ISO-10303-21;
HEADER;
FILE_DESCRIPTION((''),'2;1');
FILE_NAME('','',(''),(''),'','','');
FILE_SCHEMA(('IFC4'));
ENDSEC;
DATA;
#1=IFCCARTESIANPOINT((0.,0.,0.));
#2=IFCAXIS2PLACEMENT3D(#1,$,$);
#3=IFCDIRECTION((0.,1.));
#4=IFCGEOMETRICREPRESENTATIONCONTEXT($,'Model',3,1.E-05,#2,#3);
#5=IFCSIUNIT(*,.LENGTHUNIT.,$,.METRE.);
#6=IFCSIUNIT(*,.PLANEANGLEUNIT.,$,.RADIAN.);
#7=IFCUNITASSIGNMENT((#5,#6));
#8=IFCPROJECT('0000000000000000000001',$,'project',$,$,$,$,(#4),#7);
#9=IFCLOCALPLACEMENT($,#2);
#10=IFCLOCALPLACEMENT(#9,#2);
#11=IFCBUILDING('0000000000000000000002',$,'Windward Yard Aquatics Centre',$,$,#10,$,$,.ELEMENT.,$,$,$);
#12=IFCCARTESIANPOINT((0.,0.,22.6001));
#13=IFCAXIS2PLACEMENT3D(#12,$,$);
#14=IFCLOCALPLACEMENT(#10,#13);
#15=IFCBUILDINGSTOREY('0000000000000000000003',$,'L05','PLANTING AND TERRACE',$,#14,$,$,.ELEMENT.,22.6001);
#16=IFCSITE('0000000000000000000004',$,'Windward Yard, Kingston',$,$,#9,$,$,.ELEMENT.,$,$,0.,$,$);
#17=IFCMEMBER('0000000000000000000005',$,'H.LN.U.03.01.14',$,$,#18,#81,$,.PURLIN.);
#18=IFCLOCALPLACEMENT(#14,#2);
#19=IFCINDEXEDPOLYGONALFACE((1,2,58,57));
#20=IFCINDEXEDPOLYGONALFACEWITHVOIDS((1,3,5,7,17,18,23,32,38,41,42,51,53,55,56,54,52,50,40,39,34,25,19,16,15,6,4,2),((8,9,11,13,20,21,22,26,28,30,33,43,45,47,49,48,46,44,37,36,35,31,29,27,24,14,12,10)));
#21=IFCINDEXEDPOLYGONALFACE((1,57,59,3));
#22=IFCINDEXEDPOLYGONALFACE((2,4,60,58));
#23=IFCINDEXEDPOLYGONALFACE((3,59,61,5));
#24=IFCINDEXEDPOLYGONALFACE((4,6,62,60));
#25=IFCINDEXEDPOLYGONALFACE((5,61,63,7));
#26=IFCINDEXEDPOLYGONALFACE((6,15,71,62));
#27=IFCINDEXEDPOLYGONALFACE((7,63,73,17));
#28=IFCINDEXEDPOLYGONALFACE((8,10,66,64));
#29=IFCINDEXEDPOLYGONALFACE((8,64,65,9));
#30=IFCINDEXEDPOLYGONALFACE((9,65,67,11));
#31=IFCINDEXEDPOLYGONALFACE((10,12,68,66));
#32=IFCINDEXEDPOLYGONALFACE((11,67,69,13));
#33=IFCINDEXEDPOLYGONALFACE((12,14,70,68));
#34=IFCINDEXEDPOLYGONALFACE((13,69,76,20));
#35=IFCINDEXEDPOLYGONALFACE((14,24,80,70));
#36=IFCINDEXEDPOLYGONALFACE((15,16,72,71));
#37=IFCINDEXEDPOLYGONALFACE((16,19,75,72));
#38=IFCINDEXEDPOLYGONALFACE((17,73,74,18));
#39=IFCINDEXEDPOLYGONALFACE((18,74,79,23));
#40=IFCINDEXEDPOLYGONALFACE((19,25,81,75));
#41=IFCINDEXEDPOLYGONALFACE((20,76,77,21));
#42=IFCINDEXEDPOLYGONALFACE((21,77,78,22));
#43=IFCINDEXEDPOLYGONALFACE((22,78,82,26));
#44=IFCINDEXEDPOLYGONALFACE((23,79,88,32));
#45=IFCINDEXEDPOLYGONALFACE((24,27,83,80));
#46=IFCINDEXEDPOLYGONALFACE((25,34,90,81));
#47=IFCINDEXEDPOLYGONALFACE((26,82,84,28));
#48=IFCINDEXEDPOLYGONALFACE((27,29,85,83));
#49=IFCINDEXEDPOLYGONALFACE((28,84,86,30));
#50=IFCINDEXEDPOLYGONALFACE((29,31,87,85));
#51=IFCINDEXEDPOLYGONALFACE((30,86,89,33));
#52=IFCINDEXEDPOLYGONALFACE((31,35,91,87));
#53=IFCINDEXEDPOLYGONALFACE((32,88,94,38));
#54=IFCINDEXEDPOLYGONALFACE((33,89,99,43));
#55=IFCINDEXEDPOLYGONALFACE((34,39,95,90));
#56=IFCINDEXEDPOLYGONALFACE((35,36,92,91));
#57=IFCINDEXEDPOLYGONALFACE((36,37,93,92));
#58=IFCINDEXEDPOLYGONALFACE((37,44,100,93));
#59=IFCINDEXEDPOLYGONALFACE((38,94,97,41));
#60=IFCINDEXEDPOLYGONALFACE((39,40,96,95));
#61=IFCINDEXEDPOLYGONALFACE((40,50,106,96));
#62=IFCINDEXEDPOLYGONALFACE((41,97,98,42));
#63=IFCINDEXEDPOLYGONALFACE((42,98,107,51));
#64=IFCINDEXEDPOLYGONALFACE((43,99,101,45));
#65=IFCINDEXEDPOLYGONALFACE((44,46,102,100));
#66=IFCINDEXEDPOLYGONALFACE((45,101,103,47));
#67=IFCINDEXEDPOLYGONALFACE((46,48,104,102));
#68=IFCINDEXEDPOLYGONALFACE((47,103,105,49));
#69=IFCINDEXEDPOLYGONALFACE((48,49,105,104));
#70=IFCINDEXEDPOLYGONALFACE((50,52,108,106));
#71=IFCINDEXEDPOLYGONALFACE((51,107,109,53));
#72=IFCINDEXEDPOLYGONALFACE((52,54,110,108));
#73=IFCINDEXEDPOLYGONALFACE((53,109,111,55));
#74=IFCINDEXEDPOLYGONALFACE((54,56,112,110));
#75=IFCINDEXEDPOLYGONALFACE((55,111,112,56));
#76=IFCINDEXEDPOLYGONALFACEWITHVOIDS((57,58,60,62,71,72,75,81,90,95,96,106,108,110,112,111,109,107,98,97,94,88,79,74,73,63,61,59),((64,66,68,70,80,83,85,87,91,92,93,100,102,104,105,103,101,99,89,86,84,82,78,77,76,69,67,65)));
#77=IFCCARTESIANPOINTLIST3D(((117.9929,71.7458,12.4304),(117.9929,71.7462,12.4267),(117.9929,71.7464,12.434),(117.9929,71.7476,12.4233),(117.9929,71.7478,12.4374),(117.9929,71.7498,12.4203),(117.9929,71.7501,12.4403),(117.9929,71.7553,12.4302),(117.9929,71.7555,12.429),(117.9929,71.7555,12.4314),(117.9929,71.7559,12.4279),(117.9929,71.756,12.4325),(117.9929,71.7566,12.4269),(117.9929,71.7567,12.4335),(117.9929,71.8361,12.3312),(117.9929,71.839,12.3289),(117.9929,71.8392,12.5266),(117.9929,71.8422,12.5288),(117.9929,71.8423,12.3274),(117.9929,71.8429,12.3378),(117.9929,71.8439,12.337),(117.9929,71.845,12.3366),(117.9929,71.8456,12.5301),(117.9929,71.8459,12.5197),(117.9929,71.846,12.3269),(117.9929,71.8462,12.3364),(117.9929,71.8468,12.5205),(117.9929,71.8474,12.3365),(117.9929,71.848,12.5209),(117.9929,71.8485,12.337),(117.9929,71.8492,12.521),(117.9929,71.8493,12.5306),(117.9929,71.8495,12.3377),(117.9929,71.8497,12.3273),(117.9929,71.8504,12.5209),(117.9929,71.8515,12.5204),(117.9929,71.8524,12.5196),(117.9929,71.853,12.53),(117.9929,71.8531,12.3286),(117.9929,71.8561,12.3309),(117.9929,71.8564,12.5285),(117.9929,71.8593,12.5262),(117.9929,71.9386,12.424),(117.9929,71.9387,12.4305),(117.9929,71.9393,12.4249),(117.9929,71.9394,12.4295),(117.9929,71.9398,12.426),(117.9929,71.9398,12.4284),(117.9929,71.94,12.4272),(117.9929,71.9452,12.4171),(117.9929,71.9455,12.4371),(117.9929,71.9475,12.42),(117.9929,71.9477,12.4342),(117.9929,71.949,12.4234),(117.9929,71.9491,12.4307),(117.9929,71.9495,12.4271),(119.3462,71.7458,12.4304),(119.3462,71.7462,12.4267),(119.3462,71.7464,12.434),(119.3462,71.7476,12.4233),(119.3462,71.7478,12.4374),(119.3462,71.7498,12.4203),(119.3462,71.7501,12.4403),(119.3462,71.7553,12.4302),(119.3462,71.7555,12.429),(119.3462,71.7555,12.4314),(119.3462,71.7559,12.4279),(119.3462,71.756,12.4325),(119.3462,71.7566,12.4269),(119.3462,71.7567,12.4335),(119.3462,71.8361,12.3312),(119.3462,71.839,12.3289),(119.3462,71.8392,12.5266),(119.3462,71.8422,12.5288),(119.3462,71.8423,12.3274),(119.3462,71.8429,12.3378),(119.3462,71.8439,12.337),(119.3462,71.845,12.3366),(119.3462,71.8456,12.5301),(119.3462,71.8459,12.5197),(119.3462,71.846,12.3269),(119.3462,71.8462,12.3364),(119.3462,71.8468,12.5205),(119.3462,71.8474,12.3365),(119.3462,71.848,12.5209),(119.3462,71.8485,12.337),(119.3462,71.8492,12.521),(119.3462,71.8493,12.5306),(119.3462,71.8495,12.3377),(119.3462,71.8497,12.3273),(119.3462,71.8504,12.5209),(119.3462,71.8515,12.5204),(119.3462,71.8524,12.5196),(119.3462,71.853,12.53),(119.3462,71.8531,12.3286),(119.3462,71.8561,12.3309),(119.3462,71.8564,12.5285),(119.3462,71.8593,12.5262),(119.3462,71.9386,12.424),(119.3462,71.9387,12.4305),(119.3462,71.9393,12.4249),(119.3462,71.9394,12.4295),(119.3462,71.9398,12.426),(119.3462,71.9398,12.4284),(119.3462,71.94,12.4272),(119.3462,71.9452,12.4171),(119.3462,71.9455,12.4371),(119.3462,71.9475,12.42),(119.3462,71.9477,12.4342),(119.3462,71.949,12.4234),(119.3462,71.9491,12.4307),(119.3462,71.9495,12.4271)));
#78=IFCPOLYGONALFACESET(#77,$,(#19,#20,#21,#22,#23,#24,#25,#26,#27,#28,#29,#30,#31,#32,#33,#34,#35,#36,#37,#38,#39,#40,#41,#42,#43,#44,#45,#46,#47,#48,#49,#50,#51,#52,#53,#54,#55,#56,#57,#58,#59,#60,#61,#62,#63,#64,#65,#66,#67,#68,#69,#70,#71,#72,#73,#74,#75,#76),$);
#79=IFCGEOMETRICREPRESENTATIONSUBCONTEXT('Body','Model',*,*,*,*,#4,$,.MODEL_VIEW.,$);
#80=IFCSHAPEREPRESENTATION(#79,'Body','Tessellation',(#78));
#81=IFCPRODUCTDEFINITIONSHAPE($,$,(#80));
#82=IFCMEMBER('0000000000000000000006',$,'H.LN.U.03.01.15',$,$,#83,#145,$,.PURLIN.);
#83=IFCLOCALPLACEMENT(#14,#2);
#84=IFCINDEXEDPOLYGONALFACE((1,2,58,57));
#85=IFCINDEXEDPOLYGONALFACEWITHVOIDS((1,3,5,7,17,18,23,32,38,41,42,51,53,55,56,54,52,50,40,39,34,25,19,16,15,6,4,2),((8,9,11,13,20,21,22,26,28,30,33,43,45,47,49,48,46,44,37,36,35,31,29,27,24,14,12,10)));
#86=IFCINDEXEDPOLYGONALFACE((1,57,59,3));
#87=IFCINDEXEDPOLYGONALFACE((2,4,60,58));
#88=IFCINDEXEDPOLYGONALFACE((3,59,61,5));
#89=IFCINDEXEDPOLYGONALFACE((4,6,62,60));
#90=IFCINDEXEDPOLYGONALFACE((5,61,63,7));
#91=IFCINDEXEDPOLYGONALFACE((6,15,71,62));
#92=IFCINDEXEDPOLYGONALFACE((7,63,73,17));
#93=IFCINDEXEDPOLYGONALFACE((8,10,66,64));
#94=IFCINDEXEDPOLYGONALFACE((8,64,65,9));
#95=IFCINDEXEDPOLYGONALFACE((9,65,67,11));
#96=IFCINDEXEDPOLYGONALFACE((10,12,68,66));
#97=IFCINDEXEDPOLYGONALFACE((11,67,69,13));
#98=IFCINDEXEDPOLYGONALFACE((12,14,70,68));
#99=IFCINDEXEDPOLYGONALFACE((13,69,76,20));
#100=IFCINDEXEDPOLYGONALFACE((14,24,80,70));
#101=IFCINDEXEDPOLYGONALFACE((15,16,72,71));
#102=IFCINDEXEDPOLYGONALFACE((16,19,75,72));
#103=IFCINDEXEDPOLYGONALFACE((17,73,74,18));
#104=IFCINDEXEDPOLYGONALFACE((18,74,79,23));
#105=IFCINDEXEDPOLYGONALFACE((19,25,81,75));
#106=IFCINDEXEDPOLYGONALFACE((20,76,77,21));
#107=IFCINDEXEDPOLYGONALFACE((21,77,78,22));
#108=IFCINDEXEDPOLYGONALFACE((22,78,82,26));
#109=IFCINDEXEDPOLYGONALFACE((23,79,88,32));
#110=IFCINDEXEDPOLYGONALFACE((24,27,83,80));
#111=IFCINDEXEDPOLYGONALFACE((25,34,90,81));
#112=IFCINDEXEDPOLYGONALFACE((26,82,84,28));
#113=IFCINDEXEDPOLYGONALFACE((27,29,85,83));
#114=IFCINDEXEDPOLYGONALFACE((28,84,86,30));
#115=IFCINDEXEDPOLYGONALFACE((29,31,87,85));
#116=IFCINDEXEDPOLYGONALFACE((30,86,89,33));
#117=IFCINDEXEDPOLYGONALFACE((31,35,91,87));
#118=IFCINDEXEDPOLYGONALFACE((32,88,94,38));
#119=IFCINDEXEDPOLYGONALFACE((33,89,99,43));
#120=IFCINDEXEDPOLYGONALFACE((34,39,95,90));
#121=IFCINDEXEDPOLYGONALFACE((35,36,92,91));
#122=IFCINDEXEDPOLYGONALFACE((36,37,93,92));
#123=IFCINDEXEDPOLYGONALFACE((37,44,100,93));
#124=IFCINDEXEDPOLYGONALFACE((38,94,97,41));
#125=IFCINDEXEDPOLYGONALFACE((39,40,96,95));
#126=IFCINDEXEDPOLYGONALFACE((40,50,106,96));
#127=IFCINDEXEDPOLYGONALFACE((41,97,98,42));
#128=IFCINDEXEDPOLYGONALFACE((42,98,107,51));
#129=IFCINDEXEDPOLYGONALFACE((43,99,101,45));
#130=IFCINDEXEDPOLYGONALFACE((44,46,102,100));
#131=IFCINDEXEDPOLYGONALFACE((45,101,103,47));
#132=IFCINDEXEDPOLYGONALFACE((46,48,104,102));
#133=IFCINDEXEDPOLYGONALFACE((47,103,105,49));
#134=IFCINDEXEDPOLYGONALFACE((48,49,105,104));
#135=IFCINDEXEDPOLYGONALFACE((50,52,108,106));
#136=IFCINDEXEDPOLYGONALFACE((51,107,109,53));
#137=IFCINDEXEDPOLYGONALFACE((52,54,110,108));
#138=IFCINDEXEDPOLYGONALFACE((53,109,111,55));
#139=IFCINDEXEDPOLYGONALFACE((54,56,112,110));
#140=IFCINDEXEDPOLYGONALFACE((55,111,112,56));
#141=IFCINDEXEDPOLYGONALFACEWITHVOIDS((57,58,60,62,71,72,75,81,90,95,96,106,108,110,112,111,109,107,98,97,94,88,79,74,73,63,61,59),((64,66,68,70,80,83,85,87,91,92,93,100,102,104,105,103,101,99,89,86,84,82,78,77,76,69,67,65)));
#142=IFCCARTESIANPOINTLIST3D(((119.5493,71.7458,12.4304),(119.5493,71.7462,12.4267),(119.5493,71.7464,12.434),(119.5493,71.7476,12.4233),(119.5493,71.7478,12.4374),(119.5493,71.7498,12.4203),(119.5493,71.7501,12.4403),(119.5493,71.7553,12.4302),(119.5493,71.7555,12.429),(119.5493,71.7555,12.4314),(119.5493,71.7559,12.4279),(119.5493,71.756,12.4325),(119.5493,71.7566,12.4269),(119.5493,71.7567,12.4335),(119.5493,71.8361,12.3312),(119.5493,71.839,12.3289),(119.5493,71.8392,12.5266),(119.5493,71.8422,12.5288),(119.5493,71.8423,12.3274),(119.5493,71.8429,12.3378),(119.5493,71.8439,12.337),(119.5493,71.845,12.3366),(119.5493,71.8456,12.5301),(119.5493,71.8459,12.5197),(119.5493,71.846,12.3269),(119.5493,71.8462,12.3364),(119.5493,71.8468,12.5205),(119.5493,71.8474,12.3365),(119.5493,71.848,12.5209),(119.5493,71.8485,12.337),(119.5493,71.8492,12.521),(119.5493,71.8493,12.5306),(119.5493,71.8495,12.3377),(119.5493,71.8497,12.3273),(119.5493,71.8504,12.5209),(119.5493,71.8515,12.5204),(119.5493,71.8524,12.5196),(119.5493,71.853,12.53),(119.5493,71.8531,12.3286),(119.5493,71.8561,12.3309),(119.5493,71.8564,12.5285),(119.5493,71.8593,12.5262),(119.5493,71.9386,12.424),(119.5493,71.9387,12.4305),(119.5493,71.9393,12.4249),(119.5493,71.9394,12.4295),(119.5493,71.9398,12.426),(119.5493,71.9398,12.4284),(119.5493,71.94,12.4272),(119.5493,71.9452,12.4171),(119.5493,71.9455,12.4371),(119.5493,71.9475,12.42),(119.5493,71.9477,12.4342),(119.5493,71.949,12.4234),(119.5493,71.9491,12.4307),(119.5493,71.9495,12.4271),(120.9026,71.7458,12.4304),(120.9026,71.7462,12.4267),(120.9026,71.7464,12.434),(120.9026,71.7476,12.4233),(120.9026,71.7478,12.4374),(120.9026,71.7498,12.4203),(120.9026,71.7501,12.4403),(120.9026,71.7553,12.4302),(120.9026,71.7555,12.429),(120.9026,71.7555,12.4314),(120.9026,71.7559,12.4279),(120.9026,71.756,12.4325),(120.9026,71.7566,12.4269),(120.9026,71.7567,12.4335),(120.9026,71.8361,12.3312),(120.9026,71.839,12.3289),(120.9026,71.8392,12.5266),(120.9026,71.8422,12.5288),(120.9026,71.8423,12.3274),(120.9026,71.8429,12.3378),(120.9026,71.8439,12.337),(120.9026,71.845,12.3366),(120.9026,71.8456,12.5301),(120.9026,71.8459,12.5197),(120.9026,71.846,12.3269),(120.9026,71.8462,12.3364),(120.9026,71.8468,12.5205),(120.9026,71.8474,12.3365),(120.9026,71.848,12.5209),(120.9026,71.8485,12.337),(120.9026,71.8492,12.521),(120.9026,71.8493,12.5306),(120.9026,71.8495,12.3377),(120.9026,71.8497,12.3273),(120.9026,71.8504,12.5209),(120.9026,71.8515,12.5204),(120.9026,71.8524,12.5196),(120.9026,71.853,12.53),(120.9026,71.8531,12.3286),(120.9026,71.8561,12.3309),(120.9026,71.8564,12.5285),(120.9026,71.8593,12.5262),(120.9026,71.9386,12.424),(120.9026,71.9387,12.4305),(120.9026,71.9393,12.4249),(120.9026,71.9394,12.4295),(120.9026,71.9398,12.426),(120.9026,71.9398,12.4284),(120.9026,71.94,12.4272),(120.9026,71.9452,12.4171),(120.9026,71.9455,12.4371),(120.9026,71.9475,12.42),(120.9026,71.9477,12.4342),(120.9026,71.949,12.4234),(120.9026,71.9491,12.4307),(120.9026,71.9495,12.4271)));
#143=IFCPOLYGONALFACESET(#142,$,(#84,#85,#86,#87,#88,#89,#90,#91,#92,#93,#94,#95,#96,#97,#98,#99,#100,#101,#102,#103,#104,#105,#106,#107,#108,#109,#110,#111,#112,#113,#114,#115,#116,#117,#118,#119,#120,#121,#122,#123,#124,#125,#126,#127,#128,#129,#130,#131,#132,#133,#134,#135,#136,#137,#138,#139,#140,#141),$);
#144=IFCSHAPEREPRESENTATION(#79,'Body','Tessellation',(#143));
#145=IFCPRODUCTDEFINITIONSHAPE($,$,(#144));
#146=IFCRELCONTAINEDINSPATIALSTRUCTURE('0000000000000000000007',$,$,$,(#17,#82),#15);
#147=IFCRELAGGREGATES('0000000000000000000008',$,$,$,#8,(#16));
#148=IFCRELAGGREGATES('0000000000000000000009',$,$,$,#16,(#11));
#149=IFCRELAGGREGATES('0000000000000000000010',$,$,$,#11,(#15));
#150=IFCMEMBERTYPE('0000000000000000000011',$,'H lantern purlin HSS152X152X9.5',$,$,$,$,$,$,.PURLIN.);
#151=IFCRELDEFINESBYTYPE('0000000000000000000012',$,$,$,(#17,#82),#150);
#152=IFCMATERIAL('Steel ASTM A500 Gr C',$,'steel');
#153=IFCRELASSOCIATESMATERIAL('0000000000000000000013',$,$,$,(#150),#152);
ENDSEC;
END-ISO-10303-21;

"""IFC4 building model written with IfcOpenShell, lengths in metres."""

from ifc_helpers import new_model, si_unit, direction, frame, origin, origin_2d, place, context, subcontext, project, spatial, hollow_rectangle, extrude, material, material_profile, profile_set, type_object, element, save


model = new_model("IFC4")

# Units and contexts
model_context = context("Model", 3, precision=1e-05, world=origin(), true_north=direction((0.0, 1.0)))
body_context = subcontext(model_context, "Body", "Model", "MODEL_VIEW")
ifc_project = project(units=[si_unit("LENGTHUNIT", "METRE"), si_unit("PLANEANGLEUNIT", "RADIAN")], contexts=[model_context])

# Site, building, storey
site_placement = place(None, origin())
site = spatial("IfcSite", under=ifc_project, at=site_placement, Name="Windward Yard, Kingston", CompositionType="ELEMENT", RefElevation=0.0)
building_placement = place(site_placement, origin())
building = spatial("IfcBuilding", under=site, at=building_placement, Name="Windward Yard Aquatics Centre", CompositionType="ELEMENT")
storey_placement = place(building_placement, frame((0.0, 0.0, 22.6001)))
storey = spatial("IfcBuildingStorey", under=building, at=storey_placement, Name="L05", Description="PLANTING AND TERRACE", CompositionType="ELEMENT", Elevation=22.6001)

# Members
ifc_material_1 = material(Name="Steel ASTM A500 Gr C", Category="steel")
ifc_material_profile_1 = material_profile(ifc_material_1, hollow_rectangle(XDim=0.1523, YDim=0.1523, WallThickness=0.0095, InnerFilletRadius=0.0046, OuterFilletRadius=0.0142, at=origin_2d()), Name="HSS152X152X9.5")
ifc_profile_set_1 = profile_set([ifc_material_profile_1], Name="Steel ASTM A500 Gr C")
member_type_1 = type_object("IfcMemberType", Name="H lantern purlin HSS152X152X9.5", PredefinedType="PURLIN", material=ifc_profile_set_1)
for number, where, z_axis, x_axis, name in (
    (1, (117.9929, 71.8477, 12.4287), (1.0, 0.0, 0.0), (0.0, 0.69555, -0.718477), "H.LN.U.03.01.14"),
    (2, (119.5493, 71.8477, 12.4287), (1.0, 0.0, 0.0), (0.0, 0.69555, -0.718477), "H.LN.U.03.01.15"),
):
    element("IfcMember", number, at=place(storey_placement, frame(where, z_axis=z_axis, x_axis=x_axis)), inside=storey, type_object=member_type_1, Name=name, PredefinedType="PURLIN", context=body_context, shape_type="SweptSolid", body=[
        extrude(hollow_rectangle(XDim=0.1523, YDim=0.1523, WallThickness=0.0095, InnerFilletRadius=0.0046, OuterFilletRadius=0.0142, at=origin_2d()), origin(), (0.0, 0.0, 1.0), 1.3533),
    ])

save(model, "model.ifc")
